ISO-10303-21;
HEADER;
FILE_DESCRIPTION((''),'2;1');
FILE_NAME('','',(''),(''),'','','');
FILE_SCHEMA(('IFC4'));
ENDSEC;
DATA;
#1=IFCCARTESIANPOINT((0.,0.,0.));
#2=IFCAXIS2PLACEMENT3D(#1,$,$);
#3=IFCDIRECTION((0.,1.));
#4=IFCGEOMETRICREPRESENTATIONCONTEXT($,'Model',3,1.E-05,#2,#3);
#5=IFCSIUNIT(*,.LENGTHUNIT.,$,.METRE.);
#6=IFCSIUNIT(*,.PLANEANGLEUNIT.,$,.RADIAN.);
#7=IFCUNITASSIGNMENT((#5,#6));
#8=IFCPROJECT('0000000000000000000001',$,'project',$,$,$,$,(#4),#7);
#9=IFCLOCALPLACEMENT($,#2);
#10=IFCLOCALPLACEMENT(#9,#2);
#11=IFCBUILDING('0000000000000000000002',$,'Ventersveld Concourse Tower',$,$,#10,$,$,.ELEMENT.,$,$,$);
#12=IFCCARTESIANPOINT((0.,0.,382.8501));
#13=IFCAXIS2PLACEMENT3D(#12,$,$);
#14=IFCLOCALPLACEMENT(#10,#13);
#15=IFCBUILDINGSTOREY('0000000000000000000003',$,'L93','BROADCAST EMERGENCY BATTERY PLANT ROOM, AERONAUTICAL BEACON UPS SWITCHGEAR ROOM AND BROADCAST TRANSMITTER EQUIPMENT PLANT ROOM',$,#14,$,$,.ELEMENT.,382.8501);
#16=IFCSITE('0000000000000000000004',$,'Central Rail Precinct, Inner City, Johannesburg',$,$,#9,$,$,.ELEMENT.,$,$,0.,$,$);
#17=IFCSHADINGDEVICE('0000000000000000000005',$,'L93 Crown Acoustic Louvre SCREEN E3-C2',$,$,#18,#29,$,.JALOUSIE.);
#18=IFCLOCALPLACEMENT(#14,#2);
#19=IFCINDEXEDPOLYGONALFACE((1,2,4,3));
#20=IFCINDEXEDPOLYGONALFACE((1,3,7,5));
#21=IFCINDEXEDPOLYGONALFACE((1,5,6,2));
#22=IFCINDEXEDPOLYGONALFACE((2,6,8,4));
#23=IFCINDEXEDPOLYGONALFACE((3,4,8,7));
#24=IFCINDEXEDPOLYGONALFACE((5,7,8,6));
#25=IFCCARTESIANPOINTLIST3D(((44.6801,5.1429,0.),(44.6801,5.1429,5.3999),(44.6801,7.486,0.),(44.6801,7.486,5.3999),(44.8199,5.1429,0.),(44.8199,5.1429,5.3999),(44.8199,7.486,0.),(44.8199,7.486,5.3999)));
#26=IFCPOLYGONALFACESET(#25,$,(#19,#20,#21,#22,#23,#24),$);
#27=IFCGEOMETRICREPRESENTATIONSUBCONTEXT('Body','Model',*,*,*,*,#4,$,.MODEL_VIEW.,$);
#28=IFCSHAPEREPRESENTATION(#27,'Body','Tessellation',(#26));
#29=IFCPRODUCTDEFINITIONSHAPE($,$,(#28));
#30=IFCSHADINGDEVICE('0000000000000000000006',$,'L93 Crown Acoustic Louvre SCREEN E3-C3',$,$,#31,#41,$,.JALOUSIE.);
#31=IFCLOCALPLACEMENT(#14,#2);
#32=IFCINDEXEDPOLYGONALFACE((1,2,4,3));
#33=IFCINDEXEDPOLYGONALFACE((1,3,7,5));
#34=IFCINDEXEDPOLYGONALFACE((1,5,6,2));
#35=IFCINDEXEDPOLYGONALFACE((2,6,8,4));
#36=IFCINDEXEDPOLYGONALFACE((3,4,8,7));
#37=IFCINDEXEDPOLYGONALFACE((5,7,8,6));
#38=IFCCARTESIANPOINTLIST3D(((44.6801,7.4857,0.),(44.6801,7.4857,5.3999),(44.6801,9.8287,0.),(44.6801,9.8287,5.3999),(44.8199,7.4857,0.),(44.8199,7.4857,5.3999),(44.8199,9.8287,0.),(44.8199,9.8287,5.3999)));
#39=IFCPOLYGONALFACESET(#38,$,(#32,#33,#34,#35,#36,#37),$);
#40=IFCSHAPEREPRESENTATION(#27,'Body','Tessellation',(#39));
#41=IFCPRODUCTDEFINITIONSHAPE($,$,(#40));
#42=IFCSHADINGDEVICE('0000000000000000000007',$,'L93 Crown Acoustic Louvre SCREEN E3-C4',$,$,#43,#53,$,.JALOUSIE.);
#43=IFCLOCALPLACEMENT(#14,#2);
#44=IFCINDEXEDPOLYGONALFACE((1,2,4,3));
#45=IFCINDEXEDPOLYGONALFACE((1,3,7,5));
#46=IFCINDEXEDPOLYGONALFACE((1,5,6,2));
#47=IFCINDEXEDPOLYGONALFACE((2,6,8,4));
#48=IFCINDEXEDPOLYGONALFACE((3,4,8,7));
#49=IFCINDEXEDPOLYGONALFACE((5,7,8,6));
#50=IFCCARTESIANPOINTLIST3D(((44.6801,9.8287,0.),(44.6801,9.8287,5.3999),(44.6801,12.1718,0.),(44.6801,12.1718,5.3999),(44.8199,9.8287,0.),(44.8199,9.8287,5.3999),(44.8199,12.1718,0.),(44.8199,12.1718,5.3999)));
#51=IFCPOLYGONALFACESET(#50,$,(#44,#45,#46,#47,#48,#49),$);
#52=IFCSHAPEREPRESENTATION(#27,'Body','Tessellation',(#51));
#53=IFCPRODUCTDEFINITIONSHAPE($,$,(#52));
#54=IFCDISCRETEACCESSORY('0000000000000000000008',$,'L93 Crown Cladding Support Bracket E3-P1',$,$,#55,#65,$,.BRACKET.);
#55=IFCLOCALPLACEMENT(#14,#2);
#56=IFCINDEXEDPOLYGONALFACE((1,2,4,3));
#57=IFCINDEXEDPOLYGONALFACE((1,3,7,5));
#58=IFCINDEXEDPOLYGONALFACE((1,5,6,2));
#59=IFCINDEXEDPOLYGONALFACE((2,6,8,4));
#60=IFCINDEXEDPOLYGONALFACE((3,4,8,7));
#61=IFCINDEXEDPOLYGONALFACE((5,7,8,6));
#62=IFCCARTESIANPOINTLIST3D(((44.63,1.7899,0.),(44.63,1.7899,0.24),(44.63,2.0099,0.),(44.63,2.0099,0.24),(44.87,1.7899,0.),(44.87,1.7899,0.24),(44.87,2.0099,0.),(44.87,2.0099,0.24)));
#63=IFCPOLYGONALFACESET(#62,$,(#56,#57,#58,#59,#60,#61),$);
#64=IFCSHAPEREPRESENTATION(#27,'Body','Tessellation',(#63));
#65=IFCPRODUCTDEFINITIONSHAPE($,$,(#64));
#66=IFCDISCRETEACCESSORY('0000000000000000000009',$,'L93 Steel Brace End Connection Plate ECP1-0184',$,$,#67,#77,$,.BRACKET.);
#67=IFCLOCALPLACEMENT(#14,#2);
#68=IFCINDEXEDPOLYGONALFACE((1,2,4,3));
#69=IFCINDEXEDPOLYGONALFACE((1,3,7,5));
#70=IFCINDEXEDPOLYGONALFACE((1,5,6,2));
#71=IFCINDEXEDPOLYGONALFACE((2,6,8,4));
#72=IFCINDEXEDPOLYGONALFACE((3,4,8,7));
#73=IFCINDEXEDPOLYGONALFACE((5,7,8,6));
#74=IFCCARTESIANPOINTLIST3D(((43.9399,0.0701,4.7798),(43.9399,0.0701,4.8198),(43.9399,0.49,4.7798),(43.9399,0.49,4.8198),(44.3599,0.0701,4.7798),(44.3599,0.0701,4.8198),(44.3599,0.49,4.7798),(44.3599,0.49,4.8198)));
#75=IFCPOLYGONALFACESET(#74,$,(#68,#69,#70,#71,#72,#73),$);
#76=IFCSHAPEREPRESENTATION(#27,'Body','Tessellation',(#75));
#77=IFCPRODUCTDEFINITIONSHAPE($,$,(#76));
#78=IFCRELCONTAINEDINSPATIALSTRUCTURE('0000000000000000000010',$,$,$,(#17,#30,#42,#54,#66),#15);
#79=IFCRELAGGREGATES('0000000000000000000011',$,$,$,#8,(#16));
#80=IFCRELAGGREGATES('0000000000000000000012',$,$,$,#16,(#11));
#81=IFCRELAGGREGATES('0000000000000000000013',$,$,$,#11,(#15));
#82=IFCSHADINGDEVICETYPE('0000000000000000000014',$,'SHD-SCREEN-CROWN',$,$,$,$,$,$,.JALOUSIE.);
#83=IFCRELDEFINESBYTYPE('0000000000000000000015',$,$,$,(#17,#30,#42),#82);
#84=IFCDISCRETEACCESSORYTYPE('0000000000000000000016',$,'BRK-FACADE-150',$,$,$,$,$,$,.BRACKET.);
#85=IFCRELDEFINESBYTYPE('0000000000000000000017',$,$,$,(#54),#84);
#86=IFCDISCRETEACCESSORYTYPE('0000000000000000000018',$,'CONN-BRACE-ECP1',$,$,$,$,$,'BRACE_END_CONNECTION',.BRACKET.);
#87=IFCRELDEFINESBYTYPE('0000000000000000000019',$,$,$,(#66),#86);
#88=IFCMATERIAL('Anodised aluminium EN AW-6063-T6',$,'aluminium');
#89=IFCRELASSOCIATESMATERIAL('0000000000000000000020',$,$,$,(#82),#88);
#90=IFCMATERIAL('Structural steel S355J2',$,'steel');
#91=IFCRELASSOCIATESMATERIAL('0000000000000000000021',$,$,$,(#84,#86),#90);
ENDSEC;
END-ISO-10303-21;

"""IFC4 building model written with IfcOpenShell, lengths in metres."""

from ifc_helpers import new_model, si_unit, direction, frame, origin, origin_2d, place, context, subcontext, project, spatial, rectangle, extrude, material, type_object, element, save


model = new_model("IFC4")

# Units and contexts
model_context = context("Model", 3, precision=1e-05, world=origin(), true_north=direction((0.0, 1.0)))
body_context = subcontext(model_context, "Body", "Model", "MODEL_VIEW")
ifc_project = project(units=[si_unit("LENGTHUNIT", "METRE"), si_unit("PLANEANGLEUNIT", "RADIAN")], contexts=[model_context])

# Site, building, storey
site_placement = place(None, origin())
site = spatial("IfcSite", under=ifc_project, at=site_placement, Name="Central Rail Precinct, Inner City, Johannesburg", CompositionType="ELEMENT", RefElevation=0.0)
building_placement = place(site_placement, origin())
building = spatial("IfcBuilding", under=site, at=building_placement, Name="Ventersveld Concourse Tower", CompositionType="ELEMENT")
storey_placement = place(building_placement, frame((0.0, 0.0, 382.8501)))
storey = spatial("IfcBuildingStorey", under=building, at=storey_placement, Name="L93", Description="BROADCAST EMERGENCY BATTERY PLANT ROOM, AERONAUTICAL BEACON UPS SWITCHGEAR ROOM AND BROADCAST TRANSMITTER EQUIPMENT PLANT ROOM", CompositionType="ELEMENT", Elevation=382.8501)

# Shading devices
ifc_material_1 = material(Name="Anodised aluminium EN AW-6063-T6", Category="aluminium")
shading_device_type = type_object("IfcShadingDeviceType", Name="SHD-SCREEN-CROWN", PredefinedType="JALOUSIE", material=ifc_material_1)
for number, where, z_axis, x_axis, name in (
    (1, (44.75, 6.3145, 0.0), (0.0, 0.0, 1.0), (0.0, 1.0, 0.0), "L93 Crown Acoustic Louvre SCREEN E3-C2"),
    (2, (44.75, 8.6572, 0.0), (0.0, 0.0, 1.0), (0.0, 1.0, 0.0), "L93 Crown Acoustic Louvre SCREEN E3-C3"),
    (3, (44.75, 11.0002, 0.0), (0.0, 0.0, 1.0), (0.0, 1.0, 0.0), "L93 Crown Acoustic Louvre SCREEN E3-C4"),
):
    element("IfcShadingDevice", number, at=place(storey_placement, frame(where, z_axis=z_axis, x_axis=x_axis)), inside=storey, type_object=shading_device_type, Name=name, PredefinedType="JALOUSIE", context=body_context, shape_type="SweptSolid", body=[
        extrude(rectangle(XDim=2.343, YDim=0.1399, at=origin_2d()), origin(), (0.0, 0.0, 1.0), 5.3999),
    ])

# Discrete accessories
ifc_material_2 = material(Name="Structural steel S355J2", Category="steel")
discrete_accessory_type_1 = type_object("IfcDiscreteAccessoryType", Name="BRK-FACADE-150", PredefinedType="BRACKET", material=ifc_material_2)
discrete_accessory_1_placement = place(storey_placement, frame((44.75, 1.8999, 0.0), z_axis=(0.0, 0.0, 1.0), x_axis=(0.0, 1.0, 0.0)))
element("IfcDiscreteAccessory", 4, at=discrete_accessory_1_placement, inside=storey, type_object=discrete_accessory_type_1, Name="L93 Crown Cladding Support Bracket E3-P1", PredefinedType="BRACKET", context=body_context, shape_type="SweptSolid", body=[
    extrude(rectangle(XDim=0.22, YDim=0.24, at=origin_2d()), origin(), (0.0, 0.0, 1.0), 0.24),
])
discrete_accessory_type_2 = type_object("IfcDiscreteAccessoryType", Name="CONN-BRACE-ECP1", ElementType="BRACE_END_CONNECTION", PredefinedType="BRACKET", material=ifc_material_2)
discrete_accessory_2_placement = place(storey_placement, frame((44.1499, 0.28, 4.7798), z_axis=(0.0, 0.0, 1.0), x_axis=(1.0, 0.0, 0.0)))
element("IfcDiscreteAccessory", 5, at=discrete_accessory_2_placement, inside=storey, type_object=discrete_accessory_type_2, Name="L93 Steel Brace End Connection Plate ECP1-0184", PredefinedType="BRACKET", context=body_context, shape_type="SweptSolid", body=[
    extrude(rectangle(XDim=0.4199, YDim=0.4199, at=origin_2d()), origin(), (0.0, 0.0, 1.0), 0.04),
])

save(model, "model.ifc")
